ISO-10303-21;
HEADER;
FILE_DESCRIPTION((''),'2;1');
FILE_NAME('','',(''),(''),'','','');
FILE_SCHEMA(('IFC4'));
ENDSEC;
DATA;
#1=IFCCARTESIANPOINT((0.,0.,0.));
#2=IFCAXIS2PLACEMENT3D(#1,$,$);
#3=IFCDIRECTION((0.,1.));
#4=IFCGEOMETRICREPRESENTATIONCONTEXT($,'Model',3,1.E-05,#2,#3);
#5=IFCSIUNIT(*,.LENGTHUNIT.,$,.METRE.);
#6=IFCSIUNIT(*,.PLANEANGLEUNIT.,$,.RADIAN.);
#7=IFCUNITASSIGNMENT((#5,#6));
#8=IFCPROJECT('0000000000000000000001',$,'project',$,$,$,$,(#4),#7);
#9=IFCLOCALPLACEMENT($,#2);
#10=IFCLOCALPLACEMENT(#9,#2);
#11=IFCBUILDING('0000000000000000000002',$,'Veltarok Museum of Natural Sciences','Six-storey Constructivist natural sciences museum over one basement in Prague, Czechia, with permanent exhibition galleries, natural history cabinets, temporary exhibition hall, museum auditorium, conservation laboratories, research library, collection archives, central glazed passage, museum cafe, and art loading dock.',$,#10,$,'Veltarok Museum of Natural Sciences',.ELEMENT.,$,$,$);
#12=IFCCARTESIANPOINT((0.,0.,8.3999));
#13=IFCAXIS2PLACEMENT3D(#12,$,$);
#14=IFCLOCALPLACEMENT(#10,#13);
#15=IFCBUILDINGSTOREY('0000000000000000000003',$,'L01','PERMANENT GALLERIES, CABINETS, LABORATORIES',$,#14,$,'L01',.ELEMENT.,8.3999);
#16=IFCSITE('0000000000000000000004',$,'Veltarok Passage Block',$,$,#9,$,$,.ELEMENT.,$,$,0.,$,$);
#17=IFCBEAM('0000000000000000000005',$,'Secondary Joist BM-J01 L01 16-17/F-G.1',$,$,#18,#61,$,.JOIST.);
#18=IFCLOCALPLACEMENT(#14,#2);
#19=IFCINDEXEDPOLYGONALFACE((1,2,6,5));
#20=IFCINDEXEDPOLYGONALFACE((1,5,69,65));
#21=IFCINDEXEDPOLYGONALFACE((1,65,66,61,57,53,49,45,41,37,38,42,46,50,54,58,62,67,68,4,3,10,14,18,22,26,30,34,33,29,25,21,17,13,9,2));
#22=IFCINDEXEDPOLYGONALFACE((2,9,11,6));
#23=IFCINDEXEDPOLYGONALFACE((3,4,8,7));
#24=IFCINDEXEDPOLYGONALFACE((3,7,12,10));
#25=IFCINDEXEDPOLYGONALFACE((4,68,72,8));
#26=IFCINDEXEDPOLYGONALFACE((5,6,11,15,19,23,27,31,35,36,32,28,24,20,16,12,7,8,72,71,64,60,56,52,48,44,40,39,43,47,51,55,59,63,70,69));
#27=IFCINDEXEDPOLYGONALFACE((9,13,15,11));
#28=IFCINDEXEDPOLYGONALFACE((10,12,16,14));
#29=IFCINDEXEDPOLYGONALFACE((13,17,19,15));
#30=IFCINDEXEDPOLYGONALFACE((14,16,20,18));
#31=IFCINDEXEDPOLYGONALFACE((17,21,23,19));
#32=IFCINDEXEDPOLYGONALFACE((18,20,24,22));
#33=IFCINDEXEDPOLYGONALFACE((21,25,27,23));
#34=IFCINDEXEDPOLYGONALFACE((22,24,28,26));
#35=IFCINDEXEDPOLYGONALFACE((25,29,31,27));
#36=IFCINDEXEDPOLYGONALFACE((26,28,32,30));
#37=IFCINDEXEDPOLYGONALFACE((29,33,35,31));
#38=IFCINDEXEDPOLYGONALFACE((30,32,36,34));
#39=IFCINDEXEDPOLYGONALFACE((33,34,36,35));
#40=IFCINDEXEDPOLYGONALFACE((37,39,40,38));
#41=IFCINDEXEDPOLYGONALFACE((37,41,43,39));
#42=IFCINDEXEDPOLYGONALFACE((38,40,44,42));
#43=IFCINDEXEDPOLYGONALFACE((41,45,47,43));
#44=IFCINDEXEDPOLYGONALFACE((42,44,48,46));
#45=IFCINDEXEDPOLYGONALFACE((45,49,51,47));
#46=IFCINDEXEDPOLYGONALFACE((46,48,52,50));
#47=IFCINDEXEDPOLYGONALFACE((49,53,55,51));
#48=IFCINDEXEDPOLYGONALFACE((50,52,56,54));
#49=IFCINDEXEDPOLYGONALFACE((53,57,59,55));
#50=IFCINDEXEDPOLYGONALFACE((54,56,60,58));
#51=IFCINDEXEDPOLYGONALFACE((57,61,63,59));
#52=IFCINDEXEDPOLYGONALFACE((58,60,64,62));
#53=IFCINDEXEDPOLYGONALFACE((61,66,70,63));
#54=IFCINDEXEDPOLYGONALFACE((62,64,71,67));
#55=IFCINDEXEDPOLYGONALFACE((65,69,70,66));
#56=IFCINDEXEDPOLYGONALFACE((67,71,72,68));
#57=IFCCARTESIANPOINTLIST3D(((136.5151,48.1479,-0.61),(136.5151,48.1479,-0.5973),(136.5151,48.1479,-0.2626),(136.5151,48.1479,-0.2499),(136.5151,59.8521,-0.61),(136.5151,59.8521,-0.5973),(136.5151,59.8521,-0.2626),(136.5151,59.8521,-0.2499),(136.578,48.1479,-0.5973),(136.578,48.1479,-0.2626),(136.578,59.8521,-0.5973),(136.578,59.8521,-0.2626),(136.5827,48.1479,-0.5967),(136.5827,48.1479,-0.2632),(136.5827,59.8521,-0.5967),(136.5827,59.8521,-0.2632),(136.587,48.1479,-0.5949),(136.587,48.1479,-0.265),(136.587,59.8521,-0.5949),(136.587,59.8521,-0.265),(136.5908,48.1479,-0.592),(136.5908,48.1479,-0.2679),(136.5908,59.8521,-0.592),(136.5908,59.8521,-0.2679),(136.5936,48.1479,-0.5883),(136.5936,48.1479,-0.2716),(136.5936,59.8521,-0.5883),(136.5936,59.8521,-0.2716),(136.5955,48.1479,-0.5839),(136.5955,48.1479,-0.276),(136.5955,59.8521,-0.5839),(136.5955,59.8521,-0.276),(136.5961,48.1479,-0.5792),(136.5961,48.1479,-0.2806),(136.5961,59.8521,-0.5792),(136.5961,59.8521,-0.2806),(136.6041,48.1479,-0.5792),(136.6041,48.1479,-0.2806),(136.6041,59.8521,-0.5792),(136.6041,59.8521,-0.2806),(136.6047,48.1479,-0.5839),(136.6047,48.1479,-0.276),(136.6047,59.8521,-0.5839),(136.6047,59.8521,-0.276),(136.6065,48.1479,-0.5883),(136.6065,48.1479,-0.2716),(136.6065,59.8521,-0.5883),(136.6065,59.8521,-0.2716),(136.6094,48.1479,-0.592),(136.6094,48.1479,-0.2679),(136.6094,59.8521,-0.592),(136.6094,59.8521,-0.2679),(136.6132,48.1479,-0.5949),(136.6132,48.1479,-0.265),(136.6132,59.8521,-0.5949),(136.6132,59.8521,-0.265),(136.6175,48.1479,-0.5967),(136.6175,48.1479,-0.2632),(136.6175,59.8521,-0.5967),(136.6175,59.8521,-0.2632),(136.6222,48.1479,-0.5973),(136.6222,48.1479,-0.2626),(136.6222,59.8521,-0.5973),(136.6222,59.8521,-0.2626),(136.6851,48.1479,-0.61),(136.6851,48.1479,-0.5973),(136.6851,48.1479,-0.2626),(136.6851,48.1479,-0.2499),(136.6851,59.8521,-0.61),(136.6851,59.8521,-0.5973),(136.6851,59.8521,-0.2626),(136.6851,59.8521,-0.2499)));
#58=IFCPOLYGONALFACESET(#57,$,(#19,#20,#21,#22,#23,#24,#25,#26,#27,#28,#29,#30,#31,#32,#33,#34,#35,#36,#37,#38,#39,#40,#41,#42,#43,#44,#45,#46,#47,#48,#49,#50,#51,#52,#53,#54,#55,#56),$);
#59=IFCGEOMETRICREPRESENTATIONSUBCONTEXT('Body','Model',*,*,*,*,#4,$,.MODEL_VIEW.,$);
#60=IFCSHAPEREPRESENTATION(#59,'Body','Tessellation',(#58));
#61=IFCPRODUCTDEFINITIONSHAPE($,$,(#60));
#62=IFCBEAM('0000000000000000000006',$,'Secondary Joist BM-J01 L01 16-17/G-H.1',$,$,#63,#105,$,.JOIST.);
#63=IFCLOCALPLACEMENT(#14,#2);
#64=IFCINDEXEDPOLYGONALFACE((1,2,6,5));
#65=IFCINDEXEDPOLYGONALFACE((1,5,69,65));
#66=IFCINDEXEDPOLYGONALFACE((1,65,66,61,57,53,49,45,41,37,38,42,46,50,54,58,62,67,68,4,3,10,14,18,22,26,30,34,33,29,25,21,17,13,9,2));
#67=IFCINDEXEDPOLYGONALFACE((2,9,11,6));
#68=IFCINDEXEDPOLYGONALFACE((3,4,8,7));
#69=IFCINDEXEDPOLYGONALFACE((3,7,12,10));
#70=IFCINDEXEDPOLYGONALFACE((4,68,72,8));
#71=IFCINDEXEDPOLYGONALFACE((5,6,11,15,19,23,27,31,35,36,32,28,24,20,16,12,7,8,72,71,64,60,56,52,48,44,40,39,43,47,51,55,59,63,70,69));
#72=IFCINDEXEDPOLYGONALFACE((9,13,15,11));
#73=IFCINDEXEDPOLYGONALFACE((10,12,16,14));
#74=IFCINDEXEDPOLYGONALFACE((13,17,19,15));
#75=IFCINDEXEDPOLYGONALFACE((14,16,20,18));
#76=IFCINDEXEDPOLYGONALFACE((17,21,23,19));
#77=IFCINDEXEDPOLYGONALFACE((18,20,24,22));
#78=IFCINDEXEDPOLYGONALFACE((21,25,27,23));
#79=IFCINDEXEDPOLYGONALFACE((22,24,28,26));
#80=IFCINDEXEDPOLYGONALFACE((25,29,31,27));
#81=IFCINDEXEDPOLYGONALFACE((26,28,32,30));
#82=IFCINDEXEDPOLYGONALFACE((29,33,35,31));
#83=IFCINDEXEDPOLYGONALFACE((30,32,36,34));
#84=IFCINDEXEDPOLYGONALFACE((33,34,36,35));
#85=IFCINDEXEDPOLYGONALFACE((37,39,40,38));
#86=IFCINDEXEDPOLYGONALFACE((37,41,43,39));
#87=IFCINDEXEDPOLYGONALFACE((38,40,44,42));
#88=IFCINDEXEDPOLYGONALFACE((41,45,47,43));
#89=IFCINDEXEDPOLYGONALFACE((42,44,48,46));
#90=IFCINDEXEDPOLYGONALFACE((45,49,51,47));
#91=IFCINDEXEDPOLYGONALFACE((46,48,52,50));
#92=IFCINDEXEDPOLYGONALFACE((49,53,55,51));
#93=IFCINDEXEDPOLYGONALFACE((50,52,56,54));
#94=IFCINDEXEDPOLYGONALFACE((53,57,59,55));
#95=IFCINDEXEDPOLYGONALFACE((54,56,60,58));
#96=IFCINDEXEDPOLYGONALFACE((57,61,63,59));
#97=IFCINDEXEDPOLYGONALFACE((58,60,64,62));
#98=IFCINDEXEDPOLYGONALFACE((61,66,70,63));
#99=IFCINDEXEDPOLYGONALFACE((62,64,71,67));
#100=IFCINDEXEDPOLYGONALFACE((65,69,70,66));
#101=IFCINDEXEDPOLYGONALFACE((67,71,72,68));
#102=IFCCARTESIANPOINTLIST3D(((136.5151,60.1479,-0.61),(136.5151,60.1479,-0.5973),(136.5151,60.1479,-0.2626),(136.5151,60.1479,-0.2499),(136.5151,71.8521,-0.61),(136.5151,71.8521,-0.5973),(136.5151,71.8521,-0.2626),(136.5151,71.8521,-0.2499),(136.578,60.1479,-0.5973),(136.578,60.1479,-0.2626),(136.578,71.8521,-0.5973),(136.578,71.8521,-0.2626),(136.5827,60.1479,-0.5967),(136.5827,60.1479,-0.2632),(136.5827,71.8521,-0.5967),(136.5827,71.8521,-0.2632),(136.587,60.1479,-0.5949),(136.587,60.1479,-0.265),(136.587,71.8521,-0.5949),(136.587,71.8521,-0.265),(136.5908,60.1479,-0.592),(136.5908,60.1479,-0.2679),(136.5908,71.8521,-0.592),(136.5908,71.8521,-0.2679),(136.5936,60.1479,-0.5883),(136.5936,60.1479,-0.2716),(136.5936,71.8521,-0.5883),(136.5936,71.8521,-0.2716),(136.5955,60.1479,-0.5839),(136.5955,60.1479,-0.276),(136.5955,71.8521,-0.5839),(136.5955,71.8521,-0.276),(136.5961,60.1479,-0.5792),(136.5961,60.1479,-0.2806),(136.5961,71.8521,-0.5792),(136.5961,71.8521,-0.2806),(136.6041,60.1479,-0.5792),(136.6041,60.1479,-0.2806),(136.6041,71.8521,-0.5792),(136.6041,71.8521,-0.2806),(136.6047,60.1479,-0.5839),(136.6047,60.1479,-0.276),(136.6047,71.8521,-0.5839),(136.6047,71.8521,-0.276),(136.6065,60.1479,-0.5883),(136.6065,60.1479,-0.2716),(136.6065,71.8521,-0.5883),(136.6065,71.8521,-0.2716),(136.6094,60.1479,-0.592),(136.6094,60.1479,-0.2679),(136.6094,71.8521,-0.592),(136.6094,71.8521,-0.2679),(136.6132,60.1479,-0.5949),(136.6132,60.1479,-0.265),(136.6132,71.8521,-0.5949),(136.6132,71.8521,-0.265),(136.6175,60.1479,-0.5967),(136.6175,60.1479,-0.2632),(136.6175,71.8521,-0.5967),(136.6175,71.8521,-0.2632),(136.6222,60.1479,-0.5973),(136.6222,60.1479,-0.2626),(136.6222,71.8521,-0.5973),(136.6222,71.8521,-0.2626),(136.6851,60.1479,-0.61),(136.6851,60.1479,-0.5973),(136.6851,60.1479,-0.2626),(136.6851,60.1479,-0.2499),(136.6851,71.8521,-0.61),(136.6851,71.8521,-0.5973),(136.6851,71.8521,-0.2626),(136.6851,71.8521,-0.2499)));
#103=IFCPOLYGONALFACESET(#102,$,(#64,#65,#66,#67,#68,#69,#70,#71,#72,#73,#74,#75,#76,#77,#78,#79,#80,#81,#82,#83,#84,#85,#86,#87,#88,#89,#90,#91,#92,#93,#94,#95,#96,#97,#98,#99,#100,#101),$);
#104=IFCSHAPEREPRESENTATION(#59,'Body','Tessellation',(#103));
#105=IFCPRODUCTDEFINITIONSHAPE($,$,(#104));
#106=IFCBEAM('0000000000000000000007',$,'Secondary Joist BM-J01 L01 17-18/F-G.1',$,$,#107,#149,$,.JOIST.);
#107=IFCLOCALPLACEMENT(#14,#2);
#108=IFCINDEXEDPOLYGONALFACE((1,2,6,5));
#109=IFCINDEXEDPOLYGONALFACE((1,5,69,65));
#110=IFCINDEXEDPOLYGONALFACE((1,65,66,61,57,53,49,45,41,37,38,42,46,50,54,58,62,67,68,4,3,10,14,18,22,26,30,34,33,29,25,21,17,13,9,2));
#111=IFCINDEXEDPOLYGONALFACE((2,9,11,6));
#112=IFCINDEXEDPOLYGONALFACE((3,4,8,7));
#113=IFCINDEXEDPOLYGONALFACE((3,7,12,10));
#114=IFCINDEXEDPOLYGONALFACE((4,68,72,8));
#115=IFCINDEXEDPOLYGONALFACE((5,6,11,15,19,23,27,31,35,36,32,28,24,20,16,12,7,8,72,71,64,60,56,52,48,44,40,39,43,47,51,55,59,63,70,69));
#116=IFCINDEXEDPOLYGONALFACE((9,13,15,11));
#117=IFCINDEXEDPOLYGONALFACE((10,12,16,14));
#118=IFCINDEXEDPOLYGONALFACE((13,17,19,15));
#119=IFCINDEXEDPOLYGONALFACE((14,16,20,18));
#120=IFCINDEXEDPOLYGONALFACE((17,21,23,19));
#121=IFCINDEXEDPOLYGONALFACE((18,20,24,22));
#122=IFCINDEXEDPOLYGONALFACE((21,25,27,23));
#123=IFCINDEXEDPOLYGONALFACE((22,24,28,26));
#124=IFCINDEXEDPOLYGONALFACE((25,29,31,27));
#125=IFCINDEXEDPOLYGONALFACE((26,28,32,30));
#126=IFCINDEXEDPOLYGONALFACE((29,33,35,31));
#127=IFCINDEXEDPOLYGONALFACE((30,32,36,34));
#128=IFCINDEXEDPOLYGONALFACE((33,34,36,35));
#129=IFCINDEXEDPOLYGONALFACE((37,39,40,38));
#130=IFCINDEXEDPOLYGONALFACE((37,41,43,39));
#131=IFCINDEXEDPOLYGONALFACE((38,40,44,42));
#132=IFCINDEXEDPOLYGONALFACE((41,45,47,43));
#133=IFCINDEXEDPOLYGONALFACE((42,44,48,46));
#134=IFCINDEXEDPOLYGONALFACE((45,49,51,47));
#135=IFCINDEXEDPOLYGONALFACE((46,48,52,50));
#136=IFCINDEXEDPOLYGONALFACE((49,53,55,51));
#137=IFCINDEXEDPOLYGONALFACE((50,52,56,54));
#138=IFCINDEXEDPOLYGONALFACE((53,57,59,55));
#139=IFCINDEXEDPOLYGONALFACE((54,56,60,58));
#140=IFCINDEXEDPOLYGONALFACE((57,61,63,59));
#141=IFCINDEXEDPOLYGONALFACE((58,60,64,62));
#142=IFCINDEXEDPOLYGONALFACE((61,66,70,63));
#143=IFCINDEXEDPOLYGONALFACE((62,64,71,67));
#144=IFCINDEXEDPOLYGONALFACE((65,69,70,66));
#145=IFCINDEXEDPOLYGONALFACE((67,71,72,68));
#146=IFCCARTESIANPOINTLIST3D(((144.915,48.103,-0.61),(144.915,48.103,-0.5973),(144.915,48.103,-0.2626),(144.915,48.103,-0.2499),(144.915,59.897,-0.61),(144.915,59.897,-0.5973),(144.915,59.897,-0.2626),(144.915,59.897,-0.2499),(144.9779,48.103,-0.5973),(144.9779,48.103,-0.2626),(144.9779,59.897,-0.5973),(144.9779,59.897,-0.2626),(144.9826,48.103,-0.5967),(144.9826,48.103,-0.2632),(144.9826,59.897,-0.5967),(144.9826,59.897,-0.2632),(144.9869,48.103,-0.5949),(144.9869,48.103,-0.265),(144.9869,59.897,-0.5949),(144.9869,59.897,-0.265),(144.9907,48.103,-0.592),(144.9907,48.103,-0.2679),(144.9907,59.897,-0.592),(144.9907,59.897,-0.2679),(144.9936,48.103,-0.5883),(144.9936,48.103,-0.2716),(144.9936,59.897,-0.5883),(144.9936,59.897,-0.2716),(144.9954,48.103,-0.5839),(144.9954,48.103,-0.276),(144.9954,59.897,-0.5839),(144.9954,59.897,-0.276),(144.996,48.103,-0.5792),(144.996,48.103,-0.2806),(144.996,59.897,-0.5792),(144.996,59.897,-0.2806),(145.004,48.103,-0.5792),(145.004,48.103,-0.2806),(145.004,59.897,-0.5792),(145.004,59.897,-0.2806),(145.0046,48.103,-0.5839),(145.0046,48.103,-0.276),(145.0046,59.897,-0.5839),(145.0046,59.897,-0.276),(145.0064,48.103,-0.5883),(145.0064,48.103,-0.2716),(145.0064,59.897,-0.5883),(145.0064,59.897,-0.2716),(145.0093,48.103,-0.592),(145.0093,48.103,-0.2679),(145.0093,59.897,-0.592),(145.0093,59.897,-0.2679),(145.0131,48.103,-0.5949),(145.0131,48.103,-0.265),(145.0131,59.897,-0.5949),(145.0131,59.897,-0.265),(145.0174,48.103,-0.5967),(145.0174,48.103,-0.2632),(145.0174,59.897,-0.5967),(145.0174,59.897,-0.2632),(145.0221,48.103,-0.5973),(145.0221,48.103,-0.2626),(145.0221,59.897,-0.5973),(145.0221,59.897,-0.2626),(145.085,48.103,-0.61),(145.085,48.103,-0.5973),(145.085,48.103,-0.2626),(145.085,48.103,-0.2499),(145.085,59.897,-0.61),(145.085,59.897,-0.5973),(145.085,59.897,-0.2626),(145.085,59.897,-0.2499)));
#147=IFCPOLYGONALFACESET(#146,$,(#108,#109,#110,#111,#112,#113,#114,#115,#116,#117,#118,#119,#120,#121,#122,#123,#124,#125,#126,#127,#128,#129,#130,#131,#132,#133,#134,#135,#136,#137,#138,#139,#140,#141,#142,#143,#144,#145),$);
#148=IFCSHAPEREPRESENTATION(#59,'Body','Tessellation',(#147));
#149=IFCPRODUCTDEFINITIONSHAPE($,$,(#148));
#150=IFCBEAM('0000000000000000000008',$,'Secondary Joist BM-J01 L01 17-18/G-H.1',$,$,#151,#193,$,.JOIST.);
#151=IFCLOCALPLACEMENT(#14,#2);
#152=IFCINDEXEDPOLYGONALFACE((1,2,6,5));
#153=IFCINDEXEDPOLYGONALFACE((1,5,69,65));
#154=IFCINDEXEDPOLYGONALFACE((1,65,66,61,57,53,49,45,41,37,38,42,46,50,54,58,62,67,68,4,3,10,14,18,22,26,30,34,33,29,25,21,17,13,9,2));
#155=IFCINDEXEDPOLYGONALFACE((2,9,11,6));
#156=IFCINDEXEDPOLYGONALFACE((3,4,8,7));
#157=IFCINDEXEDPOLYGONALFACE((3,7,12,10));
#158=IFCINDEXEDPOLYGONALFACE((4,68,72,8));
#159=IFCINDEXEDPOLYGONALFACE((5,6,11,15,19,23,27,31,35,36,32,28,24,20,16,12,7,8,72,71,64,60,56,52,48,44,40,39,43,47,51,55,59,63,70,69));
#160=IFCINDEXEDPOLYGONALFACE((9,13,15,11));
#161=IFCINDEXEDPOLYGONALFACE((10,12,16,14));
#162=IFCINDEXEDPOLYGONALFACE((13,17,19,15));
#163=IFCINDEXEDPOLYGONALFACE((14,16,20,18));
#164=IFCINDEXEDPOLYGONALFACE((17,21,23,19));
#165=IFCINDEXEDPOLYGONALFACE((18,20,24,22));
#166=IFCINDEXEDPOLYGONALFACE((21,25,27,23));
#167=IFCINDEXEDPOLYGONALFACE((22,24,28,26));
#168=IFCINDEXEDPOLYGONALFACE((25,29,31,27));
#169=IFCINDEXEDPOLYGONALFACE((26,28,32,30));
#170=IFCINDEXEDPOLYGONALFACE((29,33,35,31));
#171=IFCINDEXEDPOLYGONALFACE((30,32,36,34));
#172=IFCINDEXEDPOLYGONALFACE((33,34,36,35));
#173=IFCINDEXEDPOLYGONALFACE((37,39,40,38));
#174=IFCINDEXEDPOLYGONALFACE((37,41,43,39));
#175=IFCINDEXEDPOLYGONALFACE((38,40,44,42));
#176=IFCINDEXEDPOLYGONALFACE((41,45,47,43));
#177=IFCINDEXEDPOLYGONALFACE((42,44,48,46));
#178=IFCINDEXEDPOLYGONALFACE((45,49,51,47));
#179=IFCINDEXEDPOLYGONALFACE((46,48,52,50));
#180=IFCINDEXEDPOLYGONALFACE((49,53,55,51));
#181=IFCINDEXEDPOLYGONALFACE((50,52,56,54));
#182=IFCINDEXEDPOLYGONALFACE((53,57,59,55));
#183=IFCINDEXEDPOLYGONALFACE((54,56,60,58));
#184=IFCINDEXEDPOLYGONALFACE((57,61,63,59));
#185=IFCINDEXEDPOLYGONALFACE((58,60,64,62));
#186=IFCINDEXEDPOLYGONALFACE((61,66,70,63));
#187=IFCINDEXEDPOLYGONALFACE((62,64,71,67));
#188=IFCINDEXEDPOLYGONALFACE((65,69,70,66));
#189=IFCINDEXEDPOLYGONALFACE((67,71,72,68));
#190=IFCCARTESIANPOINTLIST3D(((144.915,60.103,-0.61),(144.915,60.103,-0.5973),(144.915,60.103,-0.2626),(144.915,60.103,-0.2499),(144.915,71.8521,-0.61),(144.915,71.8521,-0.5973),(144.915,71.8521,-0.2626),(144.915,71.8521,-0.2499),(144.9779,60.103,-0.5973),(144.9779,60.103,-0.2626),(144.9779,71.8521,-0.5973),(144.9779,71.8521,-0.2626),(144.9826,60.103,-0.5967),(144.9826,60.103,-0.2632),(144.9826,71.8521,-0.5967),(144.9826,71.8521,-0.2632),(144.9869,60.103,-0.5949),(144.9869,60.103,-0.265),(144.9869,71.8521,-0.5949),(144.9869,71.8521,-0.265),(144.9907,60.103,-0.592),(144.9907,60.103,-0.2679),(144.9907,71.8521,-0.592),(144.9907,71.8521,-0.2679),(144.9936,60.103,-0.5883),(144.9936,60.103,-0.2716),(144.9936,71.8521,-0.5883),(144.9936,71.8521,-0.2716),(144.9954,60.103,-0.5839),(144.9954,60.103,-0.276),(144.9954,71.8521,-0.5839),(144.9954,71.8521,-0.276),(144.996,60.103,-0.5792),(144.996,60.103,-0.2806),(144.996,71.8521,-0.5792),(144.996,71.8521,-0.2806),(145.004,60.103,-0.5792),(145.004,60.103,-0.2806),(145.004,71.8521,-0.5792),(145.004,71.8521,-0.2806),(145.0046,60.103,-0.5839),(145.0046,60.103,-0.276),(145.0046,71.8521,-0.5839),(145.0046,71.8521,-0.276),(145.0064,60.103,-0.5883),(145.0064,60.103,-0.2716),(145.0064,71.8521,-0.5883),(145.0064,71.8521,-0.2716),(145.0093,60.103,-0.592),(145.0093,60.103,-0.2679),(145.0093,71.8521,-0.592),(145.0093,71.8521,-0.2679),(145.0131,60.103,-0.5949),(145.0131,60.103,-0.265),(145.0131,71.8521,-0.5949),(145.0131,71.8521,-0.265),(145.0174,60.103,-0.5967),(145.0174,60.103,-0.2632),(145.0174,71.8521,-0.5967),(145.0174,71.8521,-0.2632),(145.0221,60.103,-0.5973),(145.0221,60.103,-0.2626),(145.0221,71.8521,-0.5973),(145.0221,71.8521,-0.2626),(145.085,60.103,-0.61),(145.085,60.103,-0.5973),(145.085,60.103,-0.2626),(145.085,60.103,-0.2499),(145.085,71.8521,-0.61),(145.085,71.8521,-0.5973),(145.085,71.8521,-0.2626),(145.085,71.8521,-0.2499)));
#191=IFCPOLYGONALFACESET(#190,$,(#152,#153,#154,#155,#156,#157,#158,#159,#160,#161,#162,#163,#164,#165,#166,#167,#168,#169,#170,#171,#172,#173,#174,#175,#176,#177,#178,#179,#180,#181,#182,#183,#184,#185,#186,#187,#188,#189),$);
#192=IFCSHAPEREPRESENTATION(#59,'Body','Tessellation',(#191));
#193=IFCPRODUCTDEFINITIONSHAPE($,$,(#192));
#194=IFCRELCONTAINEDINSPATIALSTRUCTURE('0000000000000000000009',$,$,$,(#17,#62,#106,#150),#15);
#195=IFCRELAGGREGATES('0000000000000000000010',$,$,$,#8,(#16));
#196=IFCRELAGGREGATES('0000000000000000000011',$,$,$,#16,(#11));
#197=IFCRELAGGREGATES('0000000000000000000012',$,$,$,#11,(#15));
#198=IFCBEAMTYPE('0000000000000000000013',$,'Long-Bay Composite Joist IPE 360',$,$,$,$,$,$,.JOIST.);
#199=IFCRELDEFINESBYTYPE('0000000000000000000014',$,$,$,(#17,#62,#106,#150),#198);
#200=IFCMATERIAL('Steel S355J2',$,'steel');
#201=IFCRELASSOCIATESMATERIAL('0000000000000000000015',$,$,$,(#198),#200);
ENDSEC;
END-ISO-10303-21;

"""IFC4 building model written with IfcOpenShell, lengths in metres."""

from ifc_helpers import new_model, si_unit, direction, frame, origin, origin_2d, place, context, subcontext, project, spatial, i_section, extrude, material, material_profile, profile_set, type_object, element, save


model = new_model("IFC4")

# Units and contexts
model_context = context("Model", 3, precision=1e-05, world=origin(), true_north=direction((0.0, 1.0)))
body_context = subcontext(model_context, "Body", "Model", "MODEL_VIEW")
ifc_project = project(units=[si_unit("LENGTHUNIT", "METRE"), si_unit("PLANEANGLEUNIT", "RADIAN")], contexts=[model_context])

# Site, building, storey
site_placement = place(None, origin())
site = spatial("IfcSite", under=ifc_project, at=site_placement, Name="Veltarok Passage Block", CompositionType="ELEMENT", RefElevation=0.0)
building_placement = place(site_placement, origin())
building = spatial("IfcBuilding", under=site, at=building_placement, Name="Veltarok Museum of Natural Sciences", Description="Six-storey Constructivist natural sciences museum over one basement in Prague, Czechia, with permanent exhibition galleries, natural history cabinets, temporary exhibition hall, museum auditorium, conservation laboratories, research library, collection archives, central glazed passage, museum cafe, and art loading dock.", LongName="Veltarok Museum of Natural Sciences", CompositionType="ELEMENT")
storey_placement = place(building_placement, frame((0.0, 0.0, 8.3999)))
storey = spatial("IfcBuildingStorey", under=building, at=storey_placement, Name="L01", Description="PERMANENT GALLERIES, CABINETS, LABORATORIES", LongName="L01", CompositionType="ELEMENT", Elevation=8.3999)

# Shared definitions
ifc_material_1 = material(Name="Steel S355J2", Category="steel")

# Beams
ifc_material_profile_1 = material_profile(ifc_material_1, i_section(OverallWidth=0.1699, OverallDepth=0.3601, WebThickness=0.0081, FlangeThickness=0.0127, FilletRadius=0.0181, at=origin_2d()), Name="IPE 360")
ifc_profile_set_1 = profile_set([ifc_material_profile_1], Name="Steel S355J2")
beam_type_1 = type_object("IfcBeamType", Name="Long-Bay Composite Joist IPE 360", PredefinedType="JOIST", material=ifc_profile_set_1)
for number, where, z_axis, x_axis, name in (
    (1, (136.6001, 48.1479, -0.4299), (0.0, 1.0, 0.0), (-1.0, 0.0, 0.0), "Secondary Joist BM-J01 L01 16-17/F-G.1"),
    (2, (136.6001, 60.1479, -0.4299), (0.0, 1.0, 0.0), (-1.0, 0.0, 0.0), "Secondary Joist BM-J01 L01 16-17/G-H.1"),
):
    element("IfcBeam", number, at=place(storey_placement, frame(where, z_axis=z_axis, x_axis=x_axis)), inside=storey, type_object=beam_type_1, Name=name, PredefinedType="JOIST", context=body_context, shape_type="SweptSolid", body=[
        extrude(i_section(OverallWidth=0.1699, OverallDepth=0.3601, WebThickness=0.0081, FlangeThickness=0.0127, FilletRadius=0.0181, at=origin_2d()), origin(), (0.0, 0.0, 1.0), 11.7041),
    ])
beam_1_placement = place(storey_placement, frame((145.0, 48.103, -0.4299), z_axis=(0.0, 1.0, 0.0), x_axis=(-1.0, 0.0, 0.0)))
element("IfcBeam", 3, at=beam_1_placement, inside=storey, type_object=beam_type_1, Name="Secondary Joist BM-J01 L01 17-18/F-G.1", PredefinedType="JOIST", context=body_context, shape_type="SweptSolid", body=[
    extrude(i_section(OverallWidth=0.1699, OverallDepth=0.3601, WebThickness=0.0081, FlangeThickness=0.0127, FilletRadius=0.0181, at=origin_2d()), origin(), (0.0, 0.0, 1.0), 11.7939),
])
beam_2_placement = place(storey_placement, frame((145.0, 60.103, -0.4299), z_axis=(0.0, 1.0, 0.0), x_axis=(-1.0, 0.0, 0.0)))
element("IfcBeam", 4, at=beam_2_placement, inside=storey, type_object=beam_type_1, Name="Secondary Joist BM-J01 L01 17-18/G-H.1", PredefinedType="JOIST", context=body_context, shape_type="SweptSolid", body=[
    extrude(i_section(OverallWidth=0.1699, OverallDepth=0.3601, WebThickness=0.0081, FlangeThickness=0.0127, FilletRadius=0.0181, at=origin_2d()), origin(), (0.0, 0.0, 1.0), 11.749),
])

save(model, "model.ifc")
